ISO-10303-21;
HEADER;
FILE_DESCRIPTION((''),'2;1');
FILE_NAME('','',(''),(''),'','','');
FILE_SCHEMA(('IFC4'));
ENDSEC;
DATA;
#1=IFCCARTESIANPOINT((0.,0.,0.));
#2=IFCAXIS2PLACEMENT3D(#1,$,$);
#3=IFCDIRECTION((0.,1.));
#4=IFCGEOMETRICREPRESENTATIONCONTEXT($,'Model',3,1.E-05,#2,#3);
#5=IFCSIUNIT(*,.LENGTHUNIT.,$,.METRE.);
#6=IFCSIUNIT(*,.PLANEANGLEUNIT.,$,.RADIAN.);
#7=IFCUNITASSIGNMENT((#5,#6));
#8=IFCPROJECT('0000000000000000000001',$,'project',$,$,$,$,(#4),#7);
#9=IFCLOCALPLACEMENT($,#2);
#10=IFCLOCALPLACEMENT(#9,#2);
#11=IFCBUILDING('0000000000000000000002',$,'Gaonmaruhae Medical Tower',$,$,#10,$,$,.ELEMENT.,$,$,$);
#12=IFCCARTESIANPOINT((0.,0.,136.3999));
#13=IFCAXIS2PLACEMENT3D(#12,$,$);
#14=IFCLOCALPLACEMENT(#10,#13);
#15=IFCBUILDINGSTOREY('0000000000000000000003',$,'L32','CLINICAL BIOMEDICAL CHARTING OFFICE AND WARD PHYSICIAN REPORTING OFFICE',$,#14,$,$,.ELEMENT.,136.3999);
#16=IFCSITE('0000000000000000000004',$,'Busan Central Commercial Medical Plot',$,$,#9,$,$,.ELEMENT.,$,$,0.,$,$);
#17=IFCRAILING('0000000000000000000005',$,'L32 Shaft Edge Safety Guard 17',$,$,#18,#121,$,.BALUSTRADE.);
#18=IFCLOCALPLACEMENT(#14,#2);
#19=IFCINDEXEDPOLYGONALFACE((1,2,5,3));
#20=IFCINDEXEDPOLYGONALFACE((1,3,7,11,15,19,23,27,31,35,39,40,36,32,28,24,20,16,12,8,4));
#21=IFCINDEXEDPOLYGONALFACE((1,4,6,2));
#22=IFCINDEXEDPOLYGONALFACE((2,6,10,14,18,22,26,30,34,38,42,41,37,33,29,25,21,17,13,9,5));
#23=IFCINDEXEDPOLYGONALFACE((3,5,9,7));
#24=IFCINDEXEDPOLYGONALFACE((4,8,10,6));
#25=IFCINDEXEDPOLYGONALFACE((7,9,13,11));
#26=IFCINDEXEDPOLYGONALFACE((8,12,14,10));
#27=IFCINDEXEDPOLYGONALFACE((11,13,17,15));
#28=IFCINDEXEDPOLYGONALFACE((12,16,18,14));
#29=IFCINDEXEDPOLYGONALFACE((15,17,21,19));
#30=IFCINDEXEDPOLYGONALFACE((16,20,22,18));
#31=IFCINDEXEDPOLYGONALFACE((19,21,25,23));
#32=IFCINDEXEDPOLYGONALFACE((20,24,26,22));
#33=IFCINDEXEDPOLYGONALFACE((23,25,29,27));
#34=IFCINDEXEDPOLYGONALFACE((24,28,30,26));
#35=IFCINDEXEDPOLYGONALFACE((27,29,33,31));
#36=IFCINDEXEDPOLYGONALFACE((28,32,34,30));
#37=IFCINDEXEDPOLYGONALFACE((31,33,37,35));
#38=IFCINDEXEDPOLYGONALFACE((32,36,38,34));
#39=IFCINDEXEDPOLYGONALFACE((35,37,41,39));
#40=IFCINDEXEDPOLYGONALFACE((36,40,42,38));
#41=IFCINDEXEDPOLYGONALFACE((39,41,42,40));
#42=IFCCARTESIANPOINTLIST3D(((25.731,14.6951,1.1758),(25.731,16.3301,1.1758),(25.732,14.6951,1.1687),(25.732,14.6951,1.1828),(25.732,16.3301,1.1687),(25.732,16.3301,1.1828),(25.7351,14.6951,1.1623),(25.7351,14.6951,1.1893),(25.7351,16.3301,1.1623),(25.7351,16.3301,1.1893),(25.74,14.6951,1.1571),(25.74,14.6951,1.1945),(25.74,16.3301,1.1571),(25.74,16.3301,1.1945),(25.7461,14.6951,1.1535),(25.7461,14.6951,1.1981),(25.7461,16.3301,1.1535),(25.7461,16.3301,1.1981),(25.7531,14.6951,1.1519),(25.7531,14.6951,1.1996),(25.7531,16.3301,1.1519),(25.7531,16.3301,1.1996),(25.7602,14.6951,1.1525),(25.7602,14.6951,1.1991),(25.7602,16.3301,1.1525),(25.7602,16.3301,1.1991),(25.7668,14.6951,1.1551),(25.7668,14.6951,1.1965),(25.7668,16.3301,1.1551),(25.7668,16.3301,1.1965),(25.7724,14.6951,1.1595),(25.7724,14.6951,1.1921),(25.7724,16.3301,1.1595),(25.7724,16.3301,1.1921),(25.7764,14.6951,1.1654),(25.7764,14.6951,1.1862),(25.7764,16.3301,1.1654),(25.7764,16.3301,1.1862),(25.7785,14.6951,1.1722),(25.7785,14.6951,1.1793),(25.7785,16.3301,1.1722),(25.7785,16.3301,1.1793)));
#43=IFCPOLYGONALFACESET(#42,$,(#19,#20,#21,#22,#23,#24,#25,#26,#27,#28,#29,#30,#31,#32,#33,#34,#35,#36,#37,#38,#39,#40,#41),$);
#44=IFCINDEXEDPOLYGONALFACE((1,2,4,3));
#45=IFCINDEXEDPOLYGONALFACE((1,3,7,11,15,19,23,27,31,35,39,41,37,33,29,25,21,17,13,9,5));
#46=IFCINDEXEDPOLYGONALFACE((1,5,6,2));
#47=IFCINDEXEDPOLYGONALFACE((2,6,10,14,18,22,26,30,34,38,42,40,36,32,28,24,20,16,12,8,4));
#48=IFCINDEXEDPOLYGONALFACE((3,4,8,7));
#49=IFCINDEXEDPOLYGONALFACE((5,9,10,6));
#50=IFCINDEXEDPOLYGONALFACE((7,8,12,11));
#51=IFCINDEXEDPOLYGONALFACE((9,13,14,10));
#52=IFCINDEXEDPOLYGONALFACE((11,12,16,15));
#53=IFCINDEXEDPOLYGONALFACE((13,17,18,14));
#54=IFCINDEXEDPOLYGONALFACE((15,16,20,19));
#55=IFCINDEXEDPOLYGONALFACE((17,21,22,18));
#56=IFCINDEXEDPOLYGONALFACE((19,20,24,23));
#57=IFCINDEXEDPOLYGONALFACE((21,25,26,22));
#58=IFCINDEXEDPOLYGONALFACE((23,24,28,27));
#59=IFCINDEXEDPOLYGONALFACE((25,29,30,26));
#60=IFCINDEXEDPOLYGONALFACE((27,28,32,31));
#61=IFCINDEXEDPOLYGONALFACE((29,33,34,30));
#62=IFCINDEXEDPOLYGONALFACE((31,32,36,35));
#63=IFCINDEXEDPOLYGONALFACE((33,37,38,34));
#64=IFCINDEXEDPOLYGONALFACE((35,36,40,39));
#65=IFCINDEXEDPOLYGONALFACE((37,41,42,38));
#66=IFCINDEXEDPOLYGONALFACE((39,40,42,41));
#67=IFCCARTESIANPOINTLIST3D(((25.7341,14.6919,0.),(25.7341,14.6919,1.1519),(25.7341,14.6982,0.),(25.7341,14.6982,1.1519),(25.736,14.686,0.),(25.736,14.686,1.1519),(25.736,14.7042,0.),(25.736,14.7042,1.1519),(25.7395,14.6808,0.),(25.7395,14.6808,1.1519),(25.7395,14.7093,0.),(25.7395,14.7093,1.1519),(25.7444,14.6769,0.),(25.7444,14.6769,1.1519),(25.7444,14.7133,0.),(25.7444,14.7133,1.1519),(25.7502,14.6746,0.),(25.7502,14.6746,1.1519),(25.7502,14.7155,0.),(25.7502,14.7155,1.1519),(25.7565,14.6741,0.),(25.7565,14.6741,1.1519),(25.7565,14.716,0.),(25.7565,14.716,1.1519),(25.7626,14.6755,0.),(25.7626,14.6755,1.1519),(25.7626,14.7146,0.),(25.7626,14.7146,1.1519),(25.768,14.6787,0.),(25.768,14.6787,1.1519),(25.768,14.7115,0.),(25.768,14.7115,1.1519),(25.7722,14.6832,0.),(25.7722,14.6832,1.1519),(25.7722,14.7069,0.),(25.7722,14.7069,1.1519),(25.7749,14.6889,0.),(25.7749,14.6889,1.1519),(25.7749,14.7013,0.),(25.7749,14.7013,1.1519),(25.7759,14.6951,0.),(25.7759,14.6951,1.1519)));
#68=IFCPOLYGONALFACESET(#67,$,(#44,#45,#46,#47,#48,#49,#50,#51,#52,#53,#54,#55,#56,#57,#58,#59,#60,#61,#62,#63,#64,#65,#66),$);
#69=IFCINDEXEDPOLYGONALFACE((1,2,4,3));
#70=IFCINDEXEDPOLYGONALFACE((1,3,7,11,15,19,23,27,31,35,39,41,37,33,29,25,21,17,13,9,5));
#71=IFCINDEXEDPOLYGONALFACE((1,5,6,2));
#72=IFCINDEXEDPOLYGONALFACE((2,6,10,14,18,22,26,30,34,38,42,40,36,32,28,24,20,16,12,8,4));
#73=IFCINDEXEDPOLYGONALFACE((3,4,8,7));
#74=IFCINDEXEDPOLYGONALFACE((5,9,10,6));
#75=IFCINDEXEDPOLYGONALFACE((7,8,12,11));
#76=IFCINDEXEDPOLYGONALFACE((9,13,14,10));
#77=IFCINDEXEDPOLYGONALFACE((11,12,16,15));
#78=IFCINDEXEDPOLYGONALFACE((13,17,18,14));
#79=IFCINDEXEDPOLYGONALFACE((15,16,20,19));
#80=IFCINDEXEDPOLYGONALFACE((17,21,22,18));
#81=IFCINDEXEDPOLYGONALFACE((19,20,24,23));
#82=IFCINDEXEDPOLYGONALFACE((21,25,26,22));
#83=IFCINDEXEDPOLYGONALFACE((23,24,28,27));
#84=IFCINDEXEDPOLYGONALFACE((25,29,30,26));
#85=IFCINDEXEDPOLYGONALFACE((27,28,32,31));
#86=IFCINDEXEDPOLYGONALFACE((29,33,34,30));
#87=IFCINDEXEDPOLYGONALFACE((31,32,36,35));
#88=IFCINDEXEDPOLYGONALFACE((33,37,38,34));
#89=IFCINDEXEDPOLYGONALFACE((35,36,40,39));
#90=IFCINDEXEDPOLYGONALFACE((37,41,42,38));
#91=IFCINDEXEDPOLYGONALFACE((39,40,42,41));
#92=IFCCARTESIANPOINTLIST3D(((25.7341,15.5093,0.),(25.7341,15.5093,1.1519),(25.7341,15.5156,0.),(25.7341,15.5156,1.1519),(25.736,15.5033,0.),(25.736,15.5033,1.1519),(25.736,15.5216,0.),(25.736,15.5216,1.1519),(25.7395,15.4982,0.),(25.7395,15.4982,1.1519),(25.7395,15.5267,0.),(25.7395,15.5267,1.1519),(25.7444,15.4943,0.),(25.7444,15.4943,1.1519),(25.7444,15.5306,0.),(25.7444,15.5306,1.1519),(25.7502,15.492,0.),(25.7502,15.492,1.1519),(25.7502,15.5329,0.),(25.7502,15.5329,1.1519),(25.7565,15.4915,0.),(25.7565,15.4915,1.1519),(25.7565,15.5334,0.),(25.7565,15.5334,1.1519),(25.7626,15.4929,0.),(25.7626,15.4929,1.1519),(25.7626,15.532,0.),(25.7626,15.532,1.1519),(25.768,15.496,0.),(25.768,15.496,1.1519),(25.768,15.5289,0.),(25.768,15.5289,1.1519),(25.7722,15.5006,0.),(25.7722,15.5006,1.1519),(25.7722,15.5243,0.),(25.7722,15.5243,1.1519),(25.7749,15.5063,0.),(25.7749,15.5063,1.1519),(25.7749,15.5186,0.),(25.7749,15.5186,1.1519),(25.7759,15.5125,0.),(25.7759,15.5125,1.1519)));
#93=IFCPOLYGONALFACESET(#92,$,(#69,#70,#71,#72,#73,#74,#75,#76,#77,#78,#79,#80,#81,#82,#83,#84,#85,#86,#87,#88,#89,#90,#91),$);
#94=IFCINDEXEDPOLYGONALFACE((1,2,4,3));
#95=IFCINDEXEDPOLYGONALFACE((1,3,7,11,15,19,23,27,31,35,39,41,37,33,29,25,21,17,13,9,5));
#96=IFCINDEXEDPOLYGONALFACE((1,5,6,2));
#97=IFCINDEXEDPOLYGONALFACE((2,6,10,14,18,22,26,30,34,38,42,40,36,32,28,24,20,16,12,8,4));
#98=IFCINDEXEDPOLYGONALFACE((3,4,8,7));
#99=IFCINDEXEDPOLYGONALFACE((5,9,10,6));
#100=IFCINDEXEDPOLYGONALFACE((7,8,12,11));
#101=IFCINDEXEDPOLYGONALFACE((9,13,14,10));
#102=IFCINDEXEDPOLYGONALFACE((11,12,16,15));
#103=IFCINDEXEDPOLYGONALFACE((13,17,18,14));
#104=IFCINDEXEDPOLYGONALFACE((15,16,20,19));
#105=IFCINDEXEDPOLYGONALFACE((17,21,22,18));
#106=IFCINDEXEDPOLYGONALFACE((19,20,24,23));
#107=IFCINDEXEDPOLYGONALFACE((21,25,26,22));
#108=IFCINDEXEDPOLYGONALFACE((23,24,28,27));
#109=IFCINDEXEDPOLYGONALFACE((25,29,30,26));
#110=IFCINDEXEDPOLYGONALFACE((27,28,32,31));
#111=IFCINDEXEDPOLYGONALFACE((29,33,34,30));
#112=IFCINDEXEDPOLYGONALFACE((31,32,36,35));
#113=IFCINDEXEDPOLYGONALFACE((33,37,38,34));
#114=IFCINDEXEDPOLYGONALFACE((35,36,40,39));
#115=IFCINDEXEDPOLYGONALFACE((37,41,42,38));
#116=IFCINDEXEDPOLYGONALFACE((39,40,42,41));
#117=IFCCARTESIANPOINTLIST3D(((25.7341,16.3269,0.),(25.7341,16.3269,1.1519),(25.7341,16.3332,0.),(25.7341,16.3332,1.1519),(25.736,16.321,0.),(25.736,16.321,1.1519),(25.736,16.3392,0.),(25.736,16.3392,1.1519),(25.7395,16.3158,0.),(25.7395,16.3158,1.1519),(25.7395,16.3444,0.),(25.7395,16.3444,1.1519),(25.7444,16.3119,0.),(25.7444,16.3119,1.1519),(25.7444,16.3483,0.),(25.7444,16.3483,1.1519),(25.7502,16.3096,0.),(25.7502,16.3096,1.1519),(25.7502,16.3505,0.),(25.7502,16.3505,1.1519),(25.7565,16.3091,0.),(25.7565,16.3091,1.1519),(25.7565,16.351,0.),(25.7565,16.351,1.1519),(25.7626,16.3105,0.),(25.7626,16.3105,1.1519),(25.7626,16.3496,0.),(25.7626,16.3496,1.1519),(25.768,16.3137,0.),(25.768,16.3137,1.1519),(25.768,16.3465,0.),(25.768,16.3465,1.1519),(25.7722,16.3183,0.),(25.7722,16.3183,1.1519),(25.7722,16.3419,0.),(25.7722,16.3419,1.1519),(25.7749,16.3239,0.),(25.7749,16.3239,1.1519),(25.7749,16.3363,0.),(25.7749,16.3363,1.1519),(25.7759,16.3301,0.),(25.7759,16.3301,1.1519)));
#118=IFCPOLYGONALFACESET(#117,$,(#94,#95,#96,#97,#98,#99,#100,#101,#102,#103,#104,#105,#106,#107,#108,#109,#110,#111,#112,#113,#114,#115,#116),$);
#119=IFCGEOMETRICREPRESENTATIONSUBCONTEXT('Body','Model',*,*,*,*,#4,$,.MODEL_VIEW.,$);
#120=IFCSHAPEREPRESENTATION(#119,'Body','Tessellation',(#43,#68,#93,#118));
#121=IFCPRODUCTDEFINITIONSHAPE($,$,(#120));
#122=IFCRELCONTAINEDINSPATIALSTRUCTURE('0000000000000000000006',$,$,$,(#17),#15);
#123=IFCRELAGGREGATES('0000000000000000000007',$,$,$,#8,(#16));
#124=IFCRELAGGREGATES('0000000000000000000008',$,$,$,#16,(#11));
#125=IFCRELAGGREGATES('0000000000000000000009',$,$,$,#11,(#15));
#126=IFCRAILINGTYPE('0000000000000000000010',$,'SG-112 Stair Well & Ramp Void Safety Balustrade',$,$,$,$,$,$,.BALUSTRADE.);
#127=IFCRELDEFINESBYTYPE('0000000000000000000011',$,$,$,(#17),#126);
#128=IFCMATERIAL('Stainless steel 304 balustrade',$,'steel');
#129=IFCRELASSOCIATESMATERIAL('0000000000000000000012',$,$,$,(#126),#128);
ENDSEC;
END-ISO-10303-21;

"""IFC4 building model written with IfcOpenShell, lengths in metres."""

from ifc_helpers import new_model, si_unit, direction, frame, origin, origin_2d, place, context, subcontext, project, spatial, circle, extrude, material, type_object, element, save


model = new_model("IFC4")

# Units and contexts
model_context = context("Model", 3, precision=1e-05, world=origin(), true_north=direction((0.0, 1.0)))
body_context = subcontext(model_context, "Body", "Model", "MODEL_VIEW")
ifc_project = project(units=[si_unit("LENGTHUNIT", "METRE"), si_unit("PLANEANGLEUNIT", "RADIAN")], contexts=[model_context])

# Site, building, storey
site_placement = place(None, origin())
site = spatial("IfcSite", under=ifc_project, at=site_placement, Name="Busan Central Commercial Medical Plot", CompositionType="ELEMENT", RefElevation=0.0)
building_placement = place(site_placement, origin())
building = spatial("IfcBuilding", under=site, at=building_placement, Name="Gaonmaruhae Medical Tower", CompositionType="ELEMENT")
storey_placement = place(building_placement, frame((0.0, 0.0, 136.3999)))
storey = spatial("IfcBuildingStorey", under=building, at=storey_placement, Name="L32", Description="CLINICAL BIOMEDICAL CHARTING OFFICE AND WARD PHYSICIAN REPORTING OFFICE", CompositionType="ELEMENT", Elevation=136.3999)

# Railing
ifc_material_1 = material(Name="Stainless steel 304 balustrade", Category="steel")
railing_type_1 = type_object("IfcRailingType", Name="SG-112 Stair Well & Ramp Void Safety Balustrade", PredefinedType="BALUSTRADE", material=ifc_material_1)
railing_1_placement = place(storey_placement, frame((25.7549, 14.6951, 0.0)))
element("IfcRailing", 1, at=railing_1_placement, inside=storey, type_object=railing_type_1, Name="L32 Shaft Edge Safety Guard 17", PredefinedType="BALUSTRADE", context=body_context, shape_type="SweptSolid", body=[
    extrude(circle(Radius=0.0239, at=origin_2d()), frame((0.0, 0.0, 1.1758), z_axis=(0.0, 1.0, 0.0), x_axis=(-1.0, 0.0, 0.0)), (0.0, 0.0, 1.0), 1.635),
    extrude(circle(Radius=0.021, at=origin_2d()), origin(), (0.0, 0.0, 1.0), 1.1519),
    extrude(circle(Radius=0.021, at=origin_2d()), frame((0.0, 0.8174, 0.0)), (0.0, 0.0, 1.0), 1.1519),
    extrude(circle(Radius=0.021, at=origin_2d()), frame((0.0, 1.635, 0.0)), (0.0, 0.0, 1.0), 1.1519),
])

save(model, "model.ifc")
